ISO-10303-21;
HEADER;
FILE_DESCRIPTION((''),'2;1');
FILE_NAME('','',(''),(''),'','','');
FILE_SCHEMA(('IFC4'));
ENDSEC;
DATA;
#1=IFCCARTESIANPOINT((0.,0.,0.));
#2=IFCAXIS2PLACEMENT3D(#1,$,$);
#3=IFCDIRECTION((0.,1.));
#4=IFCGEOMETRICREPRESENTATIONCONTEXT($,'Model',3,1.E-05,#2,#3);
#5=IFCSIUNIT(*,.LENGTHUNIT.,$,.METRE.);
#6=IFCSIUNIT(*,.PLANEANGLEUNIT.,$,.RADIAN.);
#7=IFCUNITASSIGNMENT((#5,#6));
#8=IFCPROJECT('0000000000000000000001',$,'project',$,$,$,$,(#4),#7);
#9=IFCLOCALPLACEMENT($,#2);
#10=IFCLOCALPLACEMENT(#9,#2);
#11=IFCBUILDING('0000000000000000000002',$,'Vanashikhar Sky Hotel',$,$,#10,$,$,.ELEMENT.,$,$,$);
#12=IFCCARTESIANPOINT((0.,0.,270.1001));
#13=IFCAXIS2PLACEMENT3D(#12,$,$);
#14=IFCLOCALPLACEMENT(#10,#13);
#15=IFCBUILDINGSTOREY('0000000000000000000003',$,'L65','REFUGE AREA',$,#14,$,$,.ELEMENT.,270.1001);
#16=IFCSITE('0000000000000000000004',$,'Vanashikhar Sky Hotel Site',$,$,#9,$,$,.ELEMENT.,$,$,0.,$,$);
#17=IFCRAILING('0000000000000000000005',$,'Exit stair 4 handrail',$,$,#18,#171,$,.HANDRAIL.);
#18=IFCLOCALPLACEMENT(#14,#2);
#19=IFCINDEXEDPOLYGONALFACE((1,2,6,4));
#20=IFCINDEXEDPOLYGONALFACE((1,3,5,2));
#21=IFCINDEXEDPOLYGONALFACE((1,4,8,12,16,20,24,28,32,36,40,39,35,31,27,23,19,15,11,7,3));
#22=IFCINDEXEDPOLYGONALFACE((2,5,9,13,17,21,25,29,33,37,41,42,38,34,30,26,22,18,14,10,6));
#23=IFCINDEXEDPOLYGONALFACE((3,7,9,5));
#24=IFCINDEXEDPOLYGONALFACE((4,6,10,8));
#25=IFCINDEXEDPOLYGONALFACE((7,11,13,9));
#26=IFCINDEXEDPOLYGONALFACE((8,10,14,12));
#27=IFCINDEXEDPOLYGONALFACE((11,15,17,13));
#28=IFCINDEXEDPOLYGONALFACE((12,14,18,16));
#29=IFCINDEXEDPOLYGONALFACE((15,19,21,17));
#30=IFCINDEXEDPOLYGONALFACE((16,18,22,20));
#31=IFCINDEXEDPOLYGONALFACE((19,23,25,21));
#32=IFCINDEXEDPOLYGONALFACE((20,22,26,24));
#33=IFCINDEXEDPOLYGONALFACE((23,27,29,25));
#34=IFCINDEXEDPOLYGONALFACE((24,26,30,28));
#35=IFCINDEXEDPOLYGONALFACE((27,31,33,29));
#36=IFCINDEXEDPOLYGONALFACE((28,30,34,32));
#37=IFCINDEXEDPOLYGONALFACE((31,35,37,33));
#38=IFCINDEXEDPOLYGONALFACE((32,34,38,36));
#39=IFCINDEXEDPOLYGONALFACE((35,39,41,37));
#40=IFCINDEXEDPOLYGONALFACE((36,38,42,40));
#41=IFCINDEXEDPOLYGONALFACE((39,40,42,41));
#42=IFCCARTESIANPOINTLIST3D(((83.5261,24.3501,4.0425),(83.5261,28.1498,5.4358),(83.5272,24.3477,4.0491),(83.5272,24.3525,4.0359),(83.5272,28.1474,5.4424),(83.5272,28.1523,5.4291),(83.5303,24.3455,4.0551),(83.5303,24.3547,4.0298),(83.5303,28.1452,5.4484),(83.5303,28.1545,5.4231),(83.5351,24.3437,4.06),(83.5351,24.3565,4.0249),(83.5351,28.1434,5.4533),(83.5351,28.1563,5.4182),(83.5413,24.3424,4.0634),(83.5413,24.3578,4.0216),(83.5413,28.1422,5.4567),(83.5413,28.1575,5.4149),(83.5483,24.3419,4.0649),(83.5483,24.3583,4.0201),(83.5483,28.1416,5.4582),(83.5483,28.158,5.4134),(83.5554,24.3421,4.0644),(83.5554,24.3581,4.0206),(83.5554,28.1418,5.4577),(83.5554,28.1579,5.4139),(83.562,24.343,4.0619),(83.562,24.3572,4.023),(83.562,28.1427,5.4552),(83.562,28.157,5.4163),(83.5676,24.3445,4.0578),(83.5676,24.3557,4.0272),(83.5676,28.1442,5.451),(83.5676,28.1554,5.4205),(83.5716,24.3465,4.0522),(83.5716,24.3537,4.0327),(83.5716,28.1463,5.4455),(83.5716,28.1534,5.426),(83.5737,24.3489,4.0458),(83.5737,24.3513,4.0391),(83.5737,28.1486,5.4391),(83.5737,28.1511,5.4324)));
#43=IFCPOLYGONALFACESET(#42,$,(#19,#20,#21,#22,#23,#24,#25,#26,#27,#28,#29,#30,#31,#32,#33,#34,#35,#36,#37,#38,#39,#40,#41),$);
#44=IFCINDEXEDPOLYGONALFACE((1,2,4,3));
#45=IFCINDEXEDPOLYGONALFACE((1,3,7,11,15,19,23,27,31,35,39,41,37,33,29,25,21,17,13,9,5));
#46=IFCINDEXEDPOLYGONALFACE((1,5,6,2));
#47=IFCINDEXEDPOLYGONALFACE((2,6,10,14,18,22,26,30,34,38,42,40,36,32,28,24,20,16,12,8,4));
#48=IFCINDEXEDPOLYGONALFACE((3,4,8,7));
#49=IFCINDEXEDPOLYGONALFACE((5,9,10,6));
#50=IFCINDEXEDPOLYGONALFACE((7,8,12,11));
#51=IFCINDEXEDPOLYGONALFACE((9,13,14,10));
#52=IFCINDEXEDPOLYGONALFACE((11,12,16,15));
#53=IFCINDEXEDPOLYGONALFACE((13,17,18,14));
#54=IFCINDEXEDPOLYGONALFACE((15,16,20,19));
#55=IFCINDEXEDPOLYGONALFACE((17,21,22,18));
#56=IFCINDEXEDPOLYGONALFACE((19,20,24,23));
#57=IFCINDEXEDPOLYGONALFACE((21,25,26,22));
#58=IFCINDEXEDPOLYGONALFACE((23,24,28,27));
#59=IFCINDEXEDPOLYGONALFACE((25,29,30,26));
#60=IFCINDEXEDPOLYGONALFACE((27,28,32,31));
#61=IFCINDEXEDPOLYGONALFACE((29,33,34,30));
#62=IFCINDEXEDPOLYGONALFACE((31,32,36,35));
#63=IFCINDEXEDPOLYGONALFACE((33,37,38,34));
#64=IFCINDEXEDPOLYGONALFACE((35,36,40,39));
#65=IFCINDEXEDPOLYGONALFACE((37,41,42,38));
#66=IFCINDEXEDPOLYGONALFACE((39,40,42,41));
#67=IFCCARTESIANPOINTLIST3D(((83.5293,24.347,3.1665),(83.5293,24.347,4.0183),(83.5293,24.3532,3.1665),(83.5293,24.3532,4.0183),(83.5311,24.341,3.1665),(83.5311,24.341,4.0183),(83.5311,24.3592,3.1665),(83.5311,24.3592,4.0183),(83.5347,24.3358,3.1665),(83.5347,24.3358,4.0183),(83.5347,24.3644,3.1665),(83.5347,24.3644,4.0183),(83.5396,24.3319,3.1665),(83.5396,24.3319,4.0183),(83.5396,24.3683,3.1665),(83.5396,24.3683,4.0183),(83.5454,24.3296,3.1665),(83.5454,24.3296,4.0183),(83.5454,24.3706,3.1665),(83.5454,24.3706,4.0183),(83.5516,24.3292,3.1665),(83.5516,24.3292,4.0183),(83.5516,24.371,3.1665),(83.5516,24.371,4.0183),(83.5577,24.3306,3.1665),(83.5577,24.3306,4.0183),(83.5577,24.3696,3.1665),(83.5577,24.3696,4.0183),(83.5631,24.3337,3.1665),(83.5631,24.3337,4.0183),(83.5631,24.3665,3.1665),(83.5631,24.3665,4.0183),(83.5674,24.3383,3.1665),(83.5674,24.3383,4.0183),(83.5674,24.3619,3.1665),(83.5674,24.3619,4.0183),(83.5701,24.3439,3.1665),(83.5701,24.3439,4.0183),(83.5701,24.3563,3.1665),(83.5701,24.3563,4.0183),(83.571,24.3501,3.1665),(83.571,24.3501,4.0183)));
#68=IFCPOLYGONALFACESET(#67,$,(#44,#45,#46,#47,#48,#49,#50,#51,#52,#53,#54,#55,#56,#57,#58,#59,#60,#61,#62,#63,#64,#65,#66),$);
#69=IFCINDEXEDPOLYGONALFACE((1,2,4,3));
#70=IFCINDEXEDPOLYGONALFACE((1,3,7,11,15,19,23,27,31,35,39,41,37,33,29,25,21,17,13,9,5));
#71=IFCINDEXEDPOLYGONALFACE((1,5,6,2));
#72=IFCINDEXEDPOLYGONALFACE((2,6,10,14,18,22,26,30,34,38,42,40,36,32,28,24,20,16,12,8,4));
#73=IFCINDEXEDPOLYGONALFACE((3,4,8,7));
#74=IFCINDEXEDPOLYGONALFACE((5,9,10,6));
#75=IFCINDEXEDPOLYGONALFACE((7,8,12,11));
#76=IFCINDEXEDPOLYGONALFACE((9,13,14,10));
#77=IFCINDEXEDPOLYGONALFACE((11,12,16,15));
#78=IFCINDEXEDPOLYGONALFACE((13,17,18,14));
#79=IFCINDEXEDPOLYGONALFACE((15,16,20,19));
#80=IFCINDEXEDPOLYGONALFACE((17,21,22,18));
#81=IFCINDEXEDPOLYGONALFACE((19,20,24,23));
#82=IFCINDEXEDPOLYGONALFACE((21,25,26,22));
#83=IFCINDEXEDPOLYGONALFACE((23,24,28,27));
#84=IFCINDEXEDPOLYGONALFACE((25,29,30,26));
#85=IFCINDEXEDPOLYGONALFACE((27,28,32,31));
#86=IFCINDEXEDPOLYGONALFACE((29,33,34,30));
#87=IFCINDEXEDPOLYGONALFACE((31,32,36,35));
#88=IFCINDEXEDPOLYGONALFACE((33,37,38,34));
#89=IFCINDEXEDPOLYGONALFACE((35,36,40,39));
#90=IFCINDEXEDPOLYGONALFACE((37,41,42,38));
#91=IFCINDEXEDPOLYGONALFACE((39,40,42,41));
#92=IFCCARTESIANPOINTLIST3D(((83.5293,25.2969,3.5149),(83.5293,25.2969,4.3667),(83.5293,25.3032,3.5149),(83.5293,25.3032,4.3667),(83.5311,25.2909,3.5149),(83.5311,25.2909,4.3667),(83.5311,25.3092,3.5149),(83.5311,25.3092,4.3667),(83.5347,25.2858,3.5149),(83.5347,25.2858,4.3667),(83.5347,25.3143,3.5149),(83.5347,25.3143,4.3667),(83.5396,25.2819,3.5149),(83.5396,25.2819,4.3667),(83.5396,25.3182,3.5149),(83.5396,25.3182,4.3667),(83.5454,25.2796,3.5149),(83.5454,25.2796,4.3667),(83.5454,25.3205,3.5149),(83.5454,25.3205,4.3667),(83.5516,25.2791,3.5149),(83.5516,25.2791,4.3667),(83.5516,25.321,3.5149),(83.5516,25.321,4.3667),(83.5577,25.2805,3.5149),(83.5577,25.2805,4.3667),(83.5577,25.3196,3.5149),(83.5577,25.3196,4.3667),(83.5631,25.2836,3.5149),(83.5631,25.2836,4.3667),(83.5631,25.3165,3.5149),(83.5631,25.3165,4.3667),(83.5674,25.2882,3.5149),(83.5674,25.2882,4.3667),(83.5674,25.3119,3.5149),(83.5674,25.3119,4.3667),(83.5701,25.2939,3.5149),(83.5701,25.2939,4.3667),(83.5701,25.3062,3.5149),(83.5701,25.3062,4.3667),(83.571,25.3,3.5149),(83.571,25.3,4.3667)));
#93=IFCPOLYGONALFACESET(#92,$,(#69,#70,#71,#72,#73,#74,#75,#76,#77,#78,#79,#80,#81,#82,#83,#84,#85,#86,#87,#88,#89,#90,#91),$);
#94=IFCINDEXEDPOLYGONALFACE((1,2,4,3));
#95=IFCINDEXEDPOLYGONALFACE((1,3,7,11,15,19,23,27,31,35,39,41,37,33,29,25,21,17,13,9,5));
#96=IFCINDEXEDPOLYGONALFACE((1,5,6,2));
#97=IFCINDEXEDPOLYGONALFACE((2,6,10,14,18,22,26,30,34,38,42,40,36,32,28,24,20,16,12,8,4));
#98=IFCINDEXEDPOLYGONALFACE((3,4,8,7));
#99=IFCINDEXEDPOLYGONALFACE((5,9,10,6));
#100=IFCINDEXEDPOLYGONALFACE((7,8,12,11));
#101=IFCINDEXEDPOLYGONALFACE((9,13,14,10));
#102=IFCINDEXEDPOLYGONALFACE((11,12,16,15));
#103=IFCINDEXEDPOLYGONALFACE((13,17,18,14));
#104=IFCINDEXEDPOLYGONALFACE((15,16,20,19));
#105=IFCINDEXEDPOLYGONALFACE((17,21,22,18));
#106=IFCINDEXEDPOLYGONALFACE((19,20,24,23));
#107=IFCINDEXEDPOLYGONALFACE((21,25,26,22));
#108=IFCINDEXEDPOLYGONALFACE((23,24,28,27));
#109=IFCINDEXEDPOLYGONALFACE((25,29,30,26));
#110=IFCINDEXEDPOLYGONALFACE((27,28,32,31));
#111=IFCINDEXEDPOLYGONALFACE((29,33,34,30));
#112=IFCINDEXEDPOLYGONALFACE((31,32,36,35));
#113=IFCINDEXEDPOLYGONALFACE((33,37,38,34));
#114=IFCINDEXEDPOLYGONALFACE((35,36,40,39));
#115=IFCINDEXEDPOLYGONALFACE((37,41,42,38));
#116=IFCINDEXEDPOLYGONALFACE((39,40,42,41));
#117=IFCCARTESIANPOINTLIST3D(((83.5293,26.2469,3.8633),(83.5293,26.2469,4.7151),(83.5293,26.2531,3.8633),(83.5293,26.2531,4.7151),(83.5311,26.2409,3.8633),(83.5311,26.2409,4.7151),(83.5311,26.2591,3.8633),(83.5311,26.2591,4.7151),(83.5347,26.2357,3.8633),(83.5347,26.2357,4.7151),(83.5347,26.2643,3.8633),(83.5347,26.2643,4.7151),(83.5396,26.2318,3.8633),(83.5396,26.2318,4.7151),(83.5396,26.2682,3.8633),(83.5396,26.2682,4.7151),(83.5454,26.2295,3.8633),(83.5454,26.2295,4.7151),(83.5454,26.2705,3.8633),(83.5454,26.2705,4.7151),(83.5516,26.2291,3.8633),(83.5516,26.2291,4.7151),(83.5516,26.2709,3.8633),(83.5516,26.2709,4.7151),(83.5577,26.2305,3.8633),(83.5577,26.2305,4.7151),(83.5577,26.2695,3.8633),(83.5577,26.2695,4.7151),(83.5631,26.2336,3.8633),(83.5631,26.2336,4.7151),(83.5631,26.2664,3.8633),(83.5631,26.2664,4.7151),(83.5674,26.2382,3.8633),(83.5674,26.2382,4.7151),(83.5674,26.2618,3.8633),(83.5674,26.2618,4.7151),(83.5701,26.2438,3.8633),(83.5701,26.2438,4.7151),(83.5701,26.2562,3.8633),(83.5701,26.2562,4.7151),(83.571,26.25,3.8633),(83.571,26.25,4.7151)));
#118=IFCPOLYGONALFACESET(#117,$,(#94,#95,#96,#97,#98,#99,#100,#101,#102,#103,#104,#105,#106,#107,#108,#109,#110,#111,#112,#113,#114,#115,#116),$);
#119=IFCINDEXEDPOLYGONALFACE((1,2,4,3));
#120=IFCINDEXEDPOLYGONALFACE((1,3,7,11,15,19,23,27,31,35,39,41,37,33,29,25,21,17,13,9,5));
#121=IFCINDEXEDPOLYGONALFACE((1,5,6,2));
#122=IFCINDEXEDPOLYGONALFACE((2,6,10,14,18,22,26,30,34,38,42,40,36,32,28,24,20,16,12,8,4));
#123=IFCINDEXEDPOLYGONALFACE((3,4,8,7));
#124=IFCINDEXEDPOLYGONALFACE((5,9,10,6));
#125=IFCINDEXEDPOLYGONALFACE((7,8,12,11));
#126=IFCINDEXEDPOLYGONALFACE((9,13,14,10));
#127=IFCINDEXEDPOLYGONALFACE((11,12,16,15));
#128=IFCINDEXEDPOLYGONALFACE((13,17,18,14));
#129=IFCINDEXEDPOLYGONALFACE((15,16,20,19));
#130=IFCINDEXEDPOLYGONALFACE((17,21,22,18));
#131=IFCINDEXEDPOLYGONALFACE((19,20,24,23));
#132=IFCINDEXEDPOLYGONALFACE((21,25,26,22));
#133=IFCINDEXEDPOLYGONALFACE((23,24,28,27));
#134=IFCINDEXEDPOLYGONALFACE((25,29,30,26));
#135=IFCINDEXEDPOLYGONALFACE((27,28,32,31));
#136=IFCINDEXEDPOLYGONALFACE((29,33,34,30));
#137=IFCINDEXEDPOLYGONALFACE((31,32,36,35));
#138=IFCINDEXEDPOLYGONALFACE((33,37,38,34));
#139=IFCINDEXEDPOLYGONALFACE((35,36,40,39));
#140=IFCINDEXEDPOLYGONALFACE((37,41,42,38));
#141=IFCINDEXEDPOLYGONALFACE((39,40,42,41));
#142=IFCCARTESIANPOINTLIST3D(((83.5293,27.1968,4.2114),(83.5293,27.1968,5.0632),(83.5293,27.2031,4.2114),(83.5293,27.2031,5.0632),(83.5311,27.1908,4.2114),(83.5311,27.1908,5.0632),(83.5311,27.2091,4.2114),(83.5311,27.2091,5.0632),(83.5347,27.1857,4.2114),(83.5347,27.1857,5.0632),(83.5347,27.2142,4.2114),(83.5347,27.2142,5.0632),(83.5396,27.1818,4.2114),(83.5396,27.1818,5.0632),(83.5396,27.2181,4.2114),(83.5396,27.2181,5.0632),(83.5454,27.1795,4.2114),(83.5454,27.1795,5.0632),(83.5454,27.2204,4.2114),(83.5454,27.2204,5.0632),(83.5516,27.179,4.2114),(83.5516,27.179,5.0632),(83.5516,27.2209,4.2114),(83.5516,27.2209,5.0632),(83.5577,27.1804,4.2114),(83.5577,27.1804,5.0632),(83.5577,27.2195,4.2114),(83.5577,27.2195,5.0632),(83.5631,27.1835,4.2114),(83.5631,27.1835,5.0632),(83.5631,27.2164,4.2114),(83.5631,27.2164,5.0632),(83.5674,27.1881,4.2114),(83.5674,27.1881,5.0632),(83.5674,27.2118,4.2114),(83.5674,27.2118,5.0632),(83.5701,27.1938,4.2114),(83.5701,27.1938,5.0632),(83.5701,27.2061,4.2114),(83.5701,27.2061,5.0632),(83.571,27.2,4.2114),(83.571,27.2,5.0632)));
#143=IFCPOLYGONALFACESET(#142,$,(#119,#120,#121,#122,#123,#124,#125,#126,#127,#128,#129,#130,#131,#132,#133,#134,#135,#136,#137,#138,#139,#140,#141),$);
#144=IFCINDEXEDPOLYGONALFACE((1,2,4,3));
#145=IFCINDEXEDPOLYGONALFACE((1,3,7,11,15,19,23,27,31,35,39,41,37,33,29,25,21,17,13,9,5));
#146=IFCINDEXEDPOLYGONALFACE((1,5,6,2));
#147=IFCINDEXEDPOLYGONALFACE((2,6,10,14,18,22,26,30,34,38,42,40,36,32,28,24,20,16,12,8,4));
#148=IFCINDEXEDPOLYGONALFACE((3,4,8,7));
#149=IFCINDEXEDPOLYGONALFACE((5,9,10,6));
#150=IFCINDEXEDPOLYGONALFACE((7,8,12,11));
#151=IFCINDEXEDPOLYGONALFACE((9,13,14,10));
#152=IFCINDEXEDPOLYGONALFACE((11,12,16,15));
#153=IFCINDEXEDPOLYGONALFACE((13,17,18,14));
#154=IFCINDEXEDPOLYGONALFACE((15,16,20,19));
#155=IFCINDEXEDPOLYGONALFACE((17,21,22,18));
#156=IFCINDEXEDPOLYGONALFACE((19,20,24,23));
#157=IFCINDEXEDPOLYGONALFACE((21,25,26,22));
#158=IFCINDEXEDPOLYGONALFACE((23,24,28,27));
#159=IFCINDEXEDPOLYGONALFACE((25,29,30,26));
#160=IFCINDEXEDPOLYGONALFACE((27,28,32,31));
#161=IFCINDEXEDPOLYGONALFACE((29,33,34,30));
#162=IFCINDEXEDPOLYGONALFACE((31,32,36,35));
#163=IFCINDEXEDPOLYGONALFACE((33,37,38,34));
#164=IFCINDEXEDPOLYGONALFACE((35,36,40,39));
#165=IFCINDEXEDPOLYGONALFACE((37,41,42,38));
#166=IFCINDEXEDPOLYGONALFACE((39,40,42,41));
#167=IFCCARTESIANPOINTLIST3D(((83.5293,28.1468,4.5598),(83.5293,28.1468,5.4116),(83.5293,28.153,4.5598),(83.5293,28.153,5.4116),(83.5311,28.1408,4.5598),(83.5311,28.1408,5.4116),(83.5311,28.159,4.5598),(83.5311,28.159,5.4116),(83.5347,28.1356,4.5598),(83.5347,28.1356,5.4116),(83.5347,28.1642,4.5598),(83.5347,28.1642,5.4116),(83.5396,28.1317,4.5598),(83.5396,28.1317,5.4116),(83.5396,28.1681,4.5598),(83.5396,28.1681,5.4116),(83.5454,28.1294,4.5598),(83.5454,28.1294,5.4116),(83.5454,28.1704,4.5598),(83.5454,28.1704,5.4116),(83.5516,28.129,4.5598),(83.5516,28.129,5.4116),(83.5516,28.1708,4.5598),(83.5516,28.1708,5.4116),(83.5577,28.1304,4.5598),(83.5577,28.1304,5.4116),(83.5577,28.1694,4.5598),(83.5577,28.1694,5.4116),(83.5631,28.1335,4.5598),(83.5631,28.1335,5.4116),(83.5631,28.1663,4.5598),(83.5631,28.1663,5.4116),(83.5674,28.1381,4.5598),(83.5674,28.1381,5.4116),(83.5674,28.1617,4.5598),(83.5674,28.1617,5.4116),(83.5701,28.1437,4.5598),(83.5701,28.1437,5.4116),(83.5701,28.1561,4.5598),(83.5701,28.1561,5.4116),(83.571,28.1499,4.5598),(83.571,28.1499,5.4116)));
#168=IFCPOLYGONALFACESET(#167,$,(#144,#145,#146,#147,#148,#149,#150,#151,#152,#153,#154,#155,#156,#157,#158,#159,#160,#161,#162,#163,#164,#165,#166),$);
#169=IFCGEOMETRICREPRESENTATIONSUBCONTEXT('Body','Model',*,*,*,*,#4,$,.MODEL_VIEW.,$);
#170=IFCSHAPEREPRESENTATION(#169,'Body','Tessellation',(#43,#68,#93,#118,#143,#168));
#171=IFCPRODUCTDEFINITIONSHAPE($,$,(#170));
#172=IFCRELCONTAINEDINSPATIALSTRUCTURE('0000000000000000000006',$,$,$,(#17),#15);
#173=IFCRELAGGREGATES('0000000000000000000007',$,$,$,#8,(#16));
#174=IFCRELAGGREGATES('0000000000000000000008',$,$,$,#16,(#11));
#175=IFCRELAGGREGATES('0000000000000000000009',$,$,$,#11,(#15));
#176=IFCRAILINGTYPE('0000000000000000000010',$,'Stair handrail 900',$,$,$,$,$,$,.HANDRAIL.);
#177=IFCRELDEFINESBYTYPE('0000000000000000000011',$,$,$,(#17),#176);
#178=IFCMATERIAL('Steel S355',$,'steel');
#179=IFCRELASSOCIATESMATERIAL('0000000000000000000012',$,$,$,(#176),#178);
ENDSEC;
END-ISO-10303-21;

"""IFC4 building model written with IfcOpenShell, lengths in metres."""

from ifc_helpers import new_model, si_unit, direction, frame, origin, origin_2d, place, context, subcontext, project, spatial, circle, extrude, source, transform, mapped, material, type_object, element, save


model = new_model("IFC4")

# Units and contexts
model_context = context("Model", 3, precision=1e-05, world=origin(), true_north=direction((0.0, 1.0)))
body_context = subcontext(model_context, "Body", "Model", "MODEL_VIEW")
ifc_project = project(units=[si_unit("LENGTHUNIT", "METRE"), si_unit("PLANEANGLEUNIT", "RADIAN")], contexts=[model_context])

# Site, building, storey
site_placement = place(None, origin())
site = spatial("IfcSite", under=ifc_project, at=site_placement, Name="Vanashikhar Sky Hotel Site", CompositionType="ELEMENT", RefElevation=0.0)
building_placement = place(site_placement, origin())
building = spatial("IfcBuilding", under=site, at=building_placement, Name="Vanashikhar Sky Hotel", CompositionType="ELEMENT")
storey_placement = place(building_placement, frame((0.0, 0.0, 270.1001)))
storey = spatial("IfcBuildingStorey", under=building, at=storey_placement, Name="L65", Description="REFUGE AREA", CompositionType="ELEMENT", Elevation=270.1001)

# Railing
ifc_material_1 = material(Name="Steel S355", Category="steel")
railing_type_1 = type_object("IfcRailingType", Name="Stair handrail 900", PredefinedType="HANDRAIL", material=ifc_material_1)
shared_shape_1 = source(origin(), body_context, "Body", "SweptSolid", [
    extrude(circle(Radius=0.0239, at=origin_2d()), frame((0.0, 0.0, 0.876), z_axis=(0.0, 0.938872, 0.344265), x_axis=(-1.0, 0.0, 0.0)), (0.0, 0.0, 1.0), 4.0471),
    extrude(circle(Radius=0.021, at=origin_2d()), origin(), (0.0, 0.0, 1.0), 0.8518),
    extrude(circle(Radius=0.021, at=origin_2d()), frame((0.0, 0.95, 0.3484)), (0.0, 0.0, 1.0), 0.8518),
    extrude(circle(Radius=0.021, at=origin_2d()), frame((0.0, 1.8999, 0.6968)), (0.0, 0.0, 1.0), 0.8518),
    extrude(circle(Radius=0.021, at=origin_2d()), frame((0.0, 2.8499, 1.0449)), (0.0, 0.0, 1.0), 0.8518),
    extrude(circle(Radius=0.021, at=origin_2d()), frame((0.0, 3.7998, 1.3933)), (0.0, 0.0, 1.0), 0.8518),
])
for number, where, name in (
    (1, (83.55, 24.3501, 3.1665), "Exit stair 4 handrail"),
):
    element("IfcRailing", number, at=place(storey_placement, frame(where)), inside=storey, type_object=railing_type_1, Name=name, PredefinedType="HANDRAIL", context=body_context, shape_type="MappedRepresentation", body=[
        mapped(shared_shape_1, transform((0.0, 0.0, 0.0), scale=1.0)),
    ])

save(model, "model.ifc")
